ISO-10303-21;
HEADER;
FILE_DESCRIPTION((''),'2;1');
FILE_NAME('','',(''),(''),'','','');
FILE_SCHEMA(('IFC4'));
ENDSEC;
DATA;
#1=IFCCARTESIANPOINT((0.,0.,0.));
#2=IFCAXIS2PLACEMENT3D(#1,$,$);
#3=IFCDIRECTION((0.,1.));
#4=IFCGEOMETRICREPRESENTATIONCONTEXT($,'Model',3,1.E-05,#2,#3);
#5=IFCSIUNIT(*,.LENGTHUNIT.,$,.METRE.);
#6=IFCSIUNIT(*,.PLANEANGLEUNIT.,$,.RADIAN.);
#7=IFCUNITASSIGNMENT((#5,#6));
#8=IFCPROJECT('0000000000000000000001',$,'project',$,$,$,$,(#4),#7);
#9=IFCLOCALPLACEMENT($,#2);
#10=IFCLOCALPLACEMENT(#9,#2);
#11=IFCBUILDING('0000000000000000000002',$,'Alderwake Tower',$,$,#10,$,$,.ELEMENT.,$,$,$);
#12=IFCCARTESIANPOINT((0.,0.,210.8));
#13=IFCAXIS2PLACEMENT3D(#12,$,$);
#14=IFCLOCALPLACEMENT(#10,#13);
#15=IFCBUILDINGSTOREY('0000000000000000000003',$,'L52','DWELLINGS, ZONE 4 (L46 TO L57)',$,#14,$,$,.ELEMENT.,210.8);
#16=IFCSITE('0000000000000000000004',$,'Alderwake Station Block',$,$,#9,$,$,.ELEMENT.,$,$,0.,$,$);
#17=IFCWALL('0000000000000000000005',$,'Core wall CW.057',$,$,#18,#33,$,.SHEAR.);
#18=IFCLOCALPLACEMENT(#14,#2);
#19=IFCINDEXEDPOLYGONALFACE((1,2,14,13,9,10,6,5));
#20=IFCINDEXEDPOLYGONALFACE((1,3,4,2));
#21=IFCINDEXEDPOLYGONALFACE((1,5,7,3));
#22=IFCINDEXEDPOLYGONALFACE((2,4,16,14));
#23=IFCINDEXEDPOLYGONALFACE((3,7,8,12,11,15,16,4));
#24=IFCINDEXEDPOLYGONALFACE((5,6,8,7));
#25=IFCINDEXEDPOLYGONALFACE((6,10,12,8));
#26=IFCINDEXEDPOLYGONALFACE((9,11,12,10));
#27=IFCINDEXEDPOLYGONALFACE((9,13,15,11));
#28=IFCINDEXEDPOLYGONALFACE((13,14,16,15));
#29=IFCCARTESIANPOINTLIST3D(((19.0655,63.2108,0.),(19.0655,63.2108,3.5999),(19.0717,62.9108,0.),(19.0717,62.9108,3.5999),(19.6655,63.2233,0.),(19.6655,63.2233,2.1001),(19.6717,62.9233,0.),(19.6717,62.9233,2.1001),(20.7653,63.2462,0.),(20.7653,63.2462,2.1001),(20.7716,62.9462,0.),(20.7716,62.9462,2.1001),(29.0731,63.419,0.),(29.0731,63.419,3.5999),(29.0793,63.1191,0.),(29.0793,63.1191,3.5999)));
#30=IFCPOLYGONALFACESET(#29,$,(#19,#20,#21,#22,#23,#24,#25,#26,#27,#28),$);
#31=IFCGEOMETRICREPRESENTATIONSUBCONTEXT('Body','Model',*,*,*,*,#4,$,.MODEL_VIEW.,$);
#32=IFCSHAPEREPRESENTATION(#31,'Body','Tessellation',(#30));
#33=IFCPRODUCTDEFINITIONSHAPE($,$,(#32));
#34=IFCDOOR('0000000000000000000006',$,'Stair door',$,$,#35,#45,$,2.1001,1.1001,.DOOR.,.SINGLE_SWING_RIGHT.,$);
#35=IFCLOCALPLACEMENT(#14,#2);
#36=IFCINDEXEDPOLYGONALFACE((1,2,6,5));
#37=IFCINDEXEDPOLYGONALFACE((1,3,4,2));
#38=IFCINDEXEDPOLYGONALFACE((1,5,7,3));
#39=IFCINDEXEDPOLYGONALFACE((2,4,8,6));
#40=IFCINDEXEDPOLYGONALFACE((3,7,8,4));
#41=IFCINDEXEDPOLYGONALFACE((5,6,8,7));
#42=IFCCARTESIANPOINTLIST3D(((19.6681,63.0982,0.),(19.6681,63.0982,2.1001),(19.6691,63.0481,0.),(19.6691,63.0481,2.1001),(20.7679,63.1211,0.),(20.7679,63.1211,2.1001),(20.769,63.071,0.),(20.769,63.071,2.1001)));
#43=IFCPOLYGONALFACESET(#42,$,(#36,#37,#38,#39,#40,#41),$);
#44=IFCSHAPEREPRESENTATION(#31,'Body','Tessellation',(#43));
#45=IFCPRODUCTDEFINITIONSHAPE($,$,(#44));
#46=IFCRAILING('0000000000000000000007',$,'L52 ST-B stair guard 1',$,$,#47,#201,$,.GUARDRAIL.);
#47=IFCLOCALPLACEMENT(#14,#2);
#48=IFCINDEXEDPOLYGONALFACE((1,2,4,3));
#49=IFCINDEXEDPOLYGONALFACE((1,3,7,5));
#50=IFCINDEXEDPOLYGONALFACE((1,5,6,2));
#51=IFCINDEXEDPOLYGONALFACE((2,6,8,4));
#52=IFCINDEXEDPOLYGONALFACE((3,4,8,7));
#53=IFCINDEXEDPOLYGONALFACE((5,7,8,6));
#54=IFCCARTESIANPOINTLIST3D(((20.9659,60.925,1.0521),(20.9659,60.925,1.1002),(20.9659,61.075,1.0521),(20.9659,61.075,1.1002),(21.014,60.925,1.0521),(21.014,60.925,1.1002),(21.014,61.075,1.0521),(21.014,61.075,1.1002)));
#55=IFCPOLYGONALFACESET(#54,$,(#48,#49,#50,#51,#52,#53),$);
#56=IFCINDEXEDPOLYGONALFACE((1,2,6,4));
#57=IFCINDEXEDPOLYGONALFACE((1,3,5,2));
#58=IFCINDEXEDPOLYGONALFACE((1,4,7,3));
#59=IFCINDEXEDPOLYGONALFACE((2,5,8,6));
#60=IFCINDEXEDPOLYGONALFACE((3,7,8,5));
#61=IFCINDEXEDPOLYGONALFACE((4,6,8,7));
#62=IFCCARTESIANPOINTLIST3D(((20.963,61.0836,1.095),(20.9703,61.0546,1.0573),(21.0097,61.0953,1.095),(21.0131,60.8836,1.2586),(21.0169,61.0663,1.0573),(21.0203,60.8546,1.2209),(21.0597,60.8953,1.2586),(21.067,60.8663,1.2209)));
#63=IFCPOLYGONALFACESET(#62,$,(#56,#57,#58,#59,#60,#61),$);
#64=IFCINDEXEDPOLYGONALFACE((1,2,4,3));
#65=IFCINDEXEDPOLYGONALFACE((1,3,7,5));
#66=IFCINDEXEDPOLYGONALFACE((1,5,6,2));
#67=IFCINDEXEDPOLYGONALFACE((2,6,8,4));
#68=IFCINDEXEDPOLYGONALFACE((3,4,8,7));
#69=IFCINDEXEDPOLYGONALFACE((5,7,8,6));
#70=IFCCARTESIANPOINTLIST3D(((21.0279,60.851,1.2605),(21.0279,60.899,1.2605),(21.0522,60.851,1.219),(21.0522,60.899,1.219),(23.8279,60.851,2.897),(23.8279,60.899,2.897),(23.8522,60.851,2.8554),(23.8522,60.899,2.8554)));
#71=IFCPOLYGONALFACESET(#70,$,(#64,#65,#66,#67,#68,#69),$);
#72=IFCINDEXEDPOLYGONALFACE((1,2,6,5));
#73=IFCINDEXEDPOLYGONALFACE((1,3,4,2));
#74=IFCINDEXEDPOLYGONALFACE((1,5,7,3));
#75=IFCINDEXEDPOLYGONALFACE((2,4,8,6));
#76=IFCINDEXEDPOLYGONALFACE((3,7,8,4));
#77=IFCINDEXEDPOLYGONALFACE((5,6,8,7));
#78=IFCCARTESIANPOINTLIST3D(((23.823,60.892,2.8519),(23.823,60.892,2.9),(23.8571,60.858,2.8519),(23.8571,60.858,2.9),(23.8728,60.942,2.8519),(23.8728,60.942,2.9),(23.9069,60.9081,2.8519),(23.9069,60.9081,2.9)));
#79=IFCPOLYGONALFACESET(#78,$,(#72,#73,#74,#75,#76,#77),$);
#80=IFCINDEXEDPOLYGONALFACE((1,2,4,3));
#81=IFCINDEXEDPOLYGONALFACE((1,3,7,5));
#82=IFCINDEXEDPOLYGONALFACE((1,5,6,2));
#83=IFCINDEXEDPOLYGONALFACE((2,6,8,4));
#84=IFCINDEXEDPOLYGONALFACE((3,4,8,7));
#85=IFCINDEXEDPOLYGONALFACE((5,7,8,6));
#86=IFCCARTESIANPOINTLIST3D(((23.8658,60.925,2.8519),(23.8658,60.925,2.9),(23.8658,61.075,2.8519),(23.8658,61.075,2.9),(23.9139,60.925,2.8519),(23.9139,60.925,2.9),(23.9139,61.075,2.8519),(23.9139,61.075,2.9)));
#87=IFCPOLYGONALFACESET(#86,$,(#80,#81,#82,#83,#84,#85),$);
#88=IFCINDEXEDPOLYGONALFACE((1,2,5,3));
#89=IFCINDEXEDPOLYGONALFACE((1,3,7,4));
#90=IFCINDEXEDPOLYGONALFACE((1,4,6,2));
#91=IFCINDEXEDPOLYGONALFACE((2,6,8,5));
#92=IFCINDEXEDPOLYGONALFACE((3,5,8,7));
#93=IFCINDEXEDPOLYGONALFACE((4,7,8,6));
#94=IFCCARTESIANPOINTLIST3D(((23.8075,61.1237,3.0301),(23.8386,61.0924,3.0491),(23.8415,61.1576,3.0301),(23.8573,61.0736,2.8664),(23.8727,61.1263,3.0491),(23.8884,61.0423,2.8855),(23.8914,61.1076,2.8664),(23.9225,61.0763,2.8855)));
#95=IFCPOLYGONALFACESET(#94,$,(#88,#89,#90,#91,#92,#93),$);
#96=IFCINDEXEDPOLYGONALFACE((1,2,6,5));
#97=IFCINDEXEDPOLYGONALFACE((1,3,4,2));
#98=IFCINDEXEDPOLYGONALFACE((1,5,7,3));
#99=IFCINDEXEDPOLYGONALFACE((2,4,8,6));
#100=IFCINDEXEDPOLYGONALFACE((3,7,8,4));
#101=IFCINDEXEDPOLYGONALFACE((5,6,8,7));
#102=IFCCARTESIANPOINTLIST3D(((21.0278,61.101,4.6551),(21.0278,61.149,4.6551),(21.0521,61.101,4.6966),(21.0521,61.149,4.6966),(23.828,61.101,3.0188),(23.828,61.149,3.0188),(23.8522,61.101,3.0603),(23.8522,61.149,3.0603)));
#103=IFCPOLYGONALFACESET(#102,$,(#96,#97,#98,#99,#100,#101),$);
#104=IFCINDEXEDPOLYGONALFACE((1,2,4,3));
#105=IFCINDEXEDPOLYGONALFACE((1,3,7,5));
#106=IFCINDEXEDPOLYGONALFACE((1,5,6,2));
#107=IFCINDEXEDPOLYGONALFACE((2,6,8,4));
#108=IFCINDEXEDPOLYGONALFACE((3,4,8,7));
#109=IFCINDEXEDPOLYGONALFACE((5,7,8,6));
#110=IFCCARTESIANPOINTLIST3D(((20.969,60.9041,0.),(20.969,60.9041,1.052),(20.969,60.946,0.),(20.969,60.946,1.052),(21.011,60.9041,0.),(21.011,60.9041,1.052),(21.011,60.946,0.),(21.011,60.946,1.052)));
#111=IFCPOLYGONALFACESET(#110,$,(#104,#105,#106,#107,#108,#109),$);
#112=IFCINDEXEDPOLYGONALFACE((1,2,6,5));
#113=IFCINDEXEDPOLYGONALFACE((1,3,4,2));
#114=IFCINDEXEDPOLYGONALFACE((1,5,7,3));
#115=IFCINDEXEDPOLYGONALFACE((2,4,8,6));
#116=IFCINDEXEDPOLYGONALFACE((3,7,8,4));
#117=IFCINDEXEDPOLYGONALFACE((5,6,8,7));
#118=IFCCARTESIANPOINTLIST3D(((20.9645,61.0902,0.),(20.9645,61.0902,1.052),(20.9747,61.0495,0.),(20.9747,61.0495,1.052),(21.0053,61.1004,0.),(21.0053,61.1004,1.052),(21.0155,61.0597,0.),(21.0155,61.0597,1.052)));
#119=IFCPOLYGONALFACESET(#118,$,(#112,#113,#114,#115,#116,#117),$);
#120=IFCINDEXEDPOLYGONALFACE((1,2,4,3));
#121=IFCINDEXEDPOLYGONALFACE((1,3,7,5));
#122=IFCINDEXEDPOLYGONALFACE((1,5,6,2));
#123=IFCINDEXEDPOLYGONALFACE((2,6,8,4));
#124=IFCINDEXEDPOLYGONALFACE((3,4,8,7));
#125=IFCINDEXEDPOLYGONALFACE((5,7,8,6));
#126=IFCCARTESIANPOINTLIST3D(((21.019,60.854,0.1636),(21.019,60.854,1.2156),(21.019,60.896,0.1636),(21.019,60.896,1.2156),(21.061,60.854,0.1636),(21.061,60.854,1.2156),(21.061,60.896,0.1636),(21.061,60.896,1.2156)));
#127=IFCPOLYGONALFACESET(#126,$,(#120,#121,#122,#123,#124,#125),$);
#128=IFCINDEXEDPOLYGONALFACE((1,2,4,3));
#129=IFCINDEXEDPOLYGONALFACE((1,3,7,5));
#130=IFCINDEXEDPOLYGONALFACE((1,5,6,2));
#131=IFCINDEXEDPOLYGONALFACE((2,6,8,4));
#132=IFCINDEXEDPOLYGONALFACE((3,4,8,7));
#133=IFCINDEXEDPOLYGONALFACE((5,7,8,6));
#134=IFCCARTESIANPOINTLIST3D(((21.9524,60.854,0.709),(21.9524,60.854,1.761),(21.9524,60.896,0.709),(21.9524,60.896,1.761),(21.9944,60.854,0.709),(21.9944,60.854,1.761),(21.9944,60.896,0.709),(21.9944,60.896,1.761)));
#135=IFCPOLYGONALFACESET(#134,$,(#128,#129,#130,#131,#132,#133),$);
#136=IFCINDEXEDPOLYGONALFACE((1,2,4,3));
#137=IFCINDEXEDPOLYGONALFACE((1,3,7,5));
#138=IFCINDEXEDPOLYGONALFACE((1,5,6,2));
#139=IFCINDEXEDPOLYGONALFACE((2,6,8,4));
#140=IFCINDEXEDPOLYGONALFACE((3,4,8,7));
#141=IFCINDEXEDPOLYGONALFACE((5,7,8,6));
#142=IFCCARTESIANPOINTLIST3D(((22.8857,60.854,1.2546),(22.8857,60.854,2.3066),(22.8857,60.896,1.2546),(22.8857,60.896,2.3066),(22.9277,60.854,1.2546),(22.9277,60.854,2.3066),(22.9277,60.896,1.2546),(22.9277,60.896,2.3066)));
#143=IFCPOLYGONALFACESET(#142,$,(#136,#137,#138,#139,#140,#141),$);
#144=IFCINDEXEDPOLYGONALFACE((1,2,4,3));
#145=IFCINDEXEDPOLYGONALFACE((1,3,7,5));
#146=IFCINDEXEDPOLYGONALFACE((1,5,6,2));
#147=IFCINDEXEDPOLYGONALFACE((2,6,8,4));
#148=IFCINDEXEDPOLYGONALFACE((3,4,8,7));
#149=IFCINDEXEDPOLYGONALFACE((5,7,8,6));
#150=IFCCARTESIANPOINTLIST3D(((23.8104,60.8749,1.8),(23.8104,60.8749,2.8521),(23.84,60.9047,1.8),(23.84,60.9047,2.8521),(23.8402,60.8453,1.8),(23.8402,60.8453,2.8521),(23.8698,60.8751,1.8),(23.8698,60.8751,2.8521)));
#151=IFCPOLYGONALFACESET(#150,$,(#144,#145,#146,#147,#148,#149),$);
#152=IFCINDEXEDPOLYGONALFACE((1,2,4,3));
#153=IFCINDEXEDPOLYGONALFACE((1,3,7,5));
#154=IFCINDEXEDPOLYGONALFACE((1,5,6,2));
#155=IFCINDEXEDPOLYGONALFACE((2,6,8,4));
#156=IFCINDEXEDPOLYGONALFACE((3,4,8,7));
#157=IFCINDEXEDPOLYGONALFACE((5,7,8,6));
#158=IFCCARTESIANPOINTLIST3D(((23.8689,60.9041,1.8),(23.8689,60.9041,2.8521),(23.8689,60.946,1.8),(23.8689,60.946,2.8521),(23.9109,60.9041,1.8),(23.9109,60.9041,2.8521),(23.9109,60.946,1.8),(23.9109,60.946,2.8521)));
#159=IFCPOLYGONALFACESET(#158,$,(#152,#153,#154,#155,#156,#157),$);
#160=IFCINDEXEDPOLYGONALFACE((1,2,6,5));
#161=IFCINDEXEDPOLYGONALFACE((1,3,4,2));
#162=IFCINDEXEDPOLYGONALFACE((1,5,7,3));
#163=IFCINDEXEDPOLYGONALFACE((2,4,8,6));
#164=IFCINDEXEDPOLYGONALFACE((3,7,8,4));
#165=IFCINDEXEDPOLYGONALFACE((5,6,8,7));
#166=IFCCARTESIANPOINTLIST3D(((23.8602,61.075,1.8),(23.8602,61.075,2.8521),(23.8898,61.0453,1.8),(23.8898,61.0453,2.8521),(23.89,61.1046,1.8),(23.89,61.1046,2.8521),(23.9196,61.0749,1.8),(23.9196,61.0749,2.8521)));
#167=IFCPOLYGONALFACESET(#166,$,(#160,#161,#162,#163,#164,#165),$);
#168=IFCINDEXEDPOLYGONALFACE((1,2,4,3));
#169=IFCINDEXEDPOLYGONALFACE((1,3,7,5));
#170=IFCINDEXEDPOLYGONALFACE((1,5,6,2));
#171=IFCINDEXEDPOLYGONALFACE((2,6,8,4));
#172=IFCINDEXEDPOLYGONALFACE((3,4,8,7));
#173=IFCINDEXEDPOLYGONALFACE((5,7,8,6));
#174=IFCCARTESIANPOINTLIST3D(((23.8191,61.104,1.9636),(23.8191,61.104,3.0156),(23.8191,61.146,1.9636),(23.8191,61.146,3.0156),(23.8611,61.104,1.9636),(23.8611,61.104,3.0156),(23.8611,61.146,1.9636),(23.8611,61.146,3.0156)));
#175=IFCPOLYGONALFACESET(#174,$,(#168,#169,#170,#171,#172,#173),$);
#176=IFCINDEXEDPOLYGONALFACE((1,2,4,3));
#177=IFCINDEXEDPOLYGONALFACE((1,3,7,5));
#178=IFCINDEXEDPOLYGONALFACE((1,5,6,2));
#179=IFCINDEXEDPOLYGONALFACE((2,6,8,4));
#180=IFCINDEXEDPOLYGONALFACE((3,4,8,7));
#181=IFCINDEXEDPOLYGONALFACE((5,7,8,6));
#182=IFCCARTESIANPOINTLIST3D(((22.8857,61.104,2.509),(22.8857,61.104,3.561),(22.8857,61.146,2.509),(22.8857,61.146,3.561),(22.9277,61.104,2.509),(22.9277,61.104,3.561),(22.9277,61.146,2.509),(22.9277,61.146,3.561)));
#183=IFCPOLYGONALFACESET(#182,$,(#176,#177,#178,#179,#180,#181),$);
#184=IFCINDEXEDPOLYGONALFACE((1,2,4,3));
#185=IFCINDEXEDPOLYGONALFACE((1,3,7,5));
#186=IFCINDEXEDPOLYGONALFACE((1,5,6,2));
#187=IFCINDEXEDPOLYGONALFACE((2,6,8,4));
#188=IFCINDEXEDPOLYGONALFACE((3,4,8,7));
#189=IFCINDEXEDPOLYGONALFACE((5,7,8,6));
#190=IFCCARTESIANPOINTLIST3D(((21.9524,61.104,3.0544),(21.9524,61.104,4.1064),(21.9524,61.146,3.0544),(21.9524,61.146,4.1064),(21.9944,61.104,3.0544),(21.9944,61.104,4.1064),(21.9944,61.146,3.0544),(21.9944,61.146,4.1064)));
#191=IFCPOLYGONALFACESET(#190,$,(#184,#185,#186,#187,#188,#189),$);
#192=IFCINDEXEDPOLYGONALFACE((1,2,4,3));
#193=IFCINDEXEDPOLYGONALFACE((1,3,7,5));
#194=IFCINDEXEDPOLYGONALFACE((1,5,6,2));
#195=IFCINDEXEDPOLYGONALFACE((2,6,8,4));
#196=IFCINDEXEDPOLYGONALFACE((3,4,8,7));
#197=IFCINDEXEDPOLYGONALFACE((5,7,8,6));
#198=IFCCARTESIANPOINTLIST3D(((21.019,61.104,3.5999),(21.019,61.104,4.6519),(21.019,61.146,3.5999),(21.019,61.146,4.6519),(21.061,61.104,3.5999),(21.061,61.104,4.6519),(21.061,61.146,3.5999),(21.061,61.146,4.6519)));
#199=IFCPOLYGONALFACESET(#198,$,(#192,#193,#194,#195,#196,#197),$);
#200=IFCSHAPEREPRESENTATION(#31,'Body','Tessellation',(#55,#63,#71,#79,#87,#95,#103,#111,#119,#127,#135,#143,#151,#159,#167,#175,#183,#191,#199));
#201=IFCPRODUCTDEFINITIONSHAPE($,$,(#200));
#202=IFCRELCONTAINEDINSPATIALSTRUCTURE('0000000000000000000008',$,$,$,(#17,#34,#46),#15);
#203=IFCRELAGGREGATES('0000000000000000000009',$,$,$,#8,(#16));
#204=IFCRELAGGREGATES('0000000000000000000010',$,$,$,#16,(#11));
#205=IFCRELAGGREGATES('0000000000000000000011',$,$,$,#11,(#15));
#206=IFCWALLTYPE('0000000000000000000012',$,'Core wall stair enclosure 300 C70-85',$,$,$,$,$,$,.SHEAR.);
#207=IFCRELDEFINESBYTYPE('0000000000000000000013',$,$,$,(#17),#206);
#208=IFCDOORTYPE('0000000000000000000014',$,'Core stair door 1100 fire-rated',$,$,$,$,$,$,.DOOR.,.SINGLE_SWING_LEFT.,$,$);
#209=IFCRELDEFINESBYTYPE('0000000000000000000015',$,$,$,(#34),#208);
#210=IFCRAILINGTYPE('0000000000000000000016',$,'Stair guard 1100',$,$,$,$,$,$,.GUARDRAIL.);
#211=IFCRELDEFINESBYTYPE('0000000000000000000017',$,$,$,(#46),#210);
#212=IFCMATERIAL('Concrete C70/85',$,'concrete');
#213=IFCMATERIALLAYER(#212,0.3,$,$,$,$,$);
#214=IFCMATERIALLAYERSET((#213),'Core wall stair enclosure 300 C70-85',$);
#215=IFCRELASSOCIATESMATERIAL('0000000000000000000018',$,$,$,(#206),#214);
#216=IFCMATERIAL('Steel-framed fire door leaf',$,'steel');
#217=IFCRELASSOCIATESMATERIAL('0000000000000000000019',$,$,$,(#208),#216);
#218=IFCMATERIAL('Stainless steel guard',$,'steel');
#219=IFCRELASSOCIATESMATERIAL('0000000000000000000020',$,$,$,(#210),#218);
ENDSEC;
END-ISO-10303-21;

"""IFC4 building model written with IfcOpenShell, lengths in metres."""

from ifc_helpers import new_model, si_unit, direction, frame, frame_2d, origin, origin_2d, place, context, subcontext, project, spatial, rectangle, extrude, material, layer, layer_set, type_object, element, fill, save


model = new_model("IFC4")

# Units and contexts
model_context = context("Model", 3, precision=1e-05, world=origin(), true_north=direction((0.0, 1.0)))
body_context = subcontext(model_context, "Body", "Model", "MODEL_VIEW")
ifc_project = project(units=[si_unit("LENGTHUNIT", "METRE"), si_unit("PLANEANGLEUNIT", "RADIAN")], contexts=[model_context])

# Site, building, storey
site_placement = place(None, origin())
site = spatial("IfcSite", under=ifc_project, at=site_placement, Name="Alderwake Station Block", CompositionType="ELEMENT", RefElevation=0.0)
building_placement = place(site_placement, origin())
building = spatial("IfcBuilding", under=site, at=building_placement, Name="Alderwake Tower", CompositionType="ELEMENT")
storey_placement = place(building_placement, frame((0.0, 0.0, 210.8)))
storey = spatial("IfcBuildingStorey", under=building, at=storey_placement, Name="L52", Description="DWELLINGS, ZONE 4 (L46 TO L57)", CompositionType="ELEMENT", Elevation=210.8)

# Wall, opening, door
ifc_material_1 = material(Name="Concrete C70/85", Category="concrete")
ifc_layer_1 = layer(ifc_material_1, 0.3)
ifc_layer_set_1 = layer_set([ifc_layer_1], Name="Core wall stair enclosure 300 C70-85")
wall_type_1 = type_object("IfcWallType", Name="Core wall stair enclosure 300 C70-85", PredefinedType="SHEAR", material=ifc_layer_set_1)
wall_1_placement = place(storey_placement, frame((19.0686, 63.0608, 0.0), z_axis=(0.0, 0.0, 1.0), x_axis=(0.999784, 0.020805, 0.0)))
wall_1 = element("IfcWall", 1, at=wall_1_placement, inside=storey, type_object=wall_type_1, Name="Core wall CW.057", PredefinedType="SHEAR", context=body_context, shape_type="SweptSolid", body=[
    extrude(rectangle(XDim=10.0098, YDim=0.3, at=frame_2d((5.0049, 0.0))), origin(), (0.0, 0.0, 1.0), 3.5999),
])
opening_1_placement = place(wall_1_placement, frame((0.6001, 0.0, 0.0)))
opening_1 = element("IfcOpeningElement", 2, at=opening_1_placement, cuts=wall_1, PredefinedType="OPENING", context=body_context, shape_type="SweptSolid", body=[
    extrude(rectangle(XDim=1.1001, YDim=2.1001, at=frame_2d((0.55, 1.05))), frame((0.0, 0.1599, 0.0), z_axis=(0.0, -1.0, 0.0), x_axis=(1.0, 0.0, 0.0)), (0.0, 0.0, 1.0), 0.3201),
])
ifc_material_2 = material(Name="Steel-framed fire door leaf", Category="steel")
door_type_1 = type_object("IfcDoorType", Name="Core stair door 1100 fire-rated", OperationType="SINGLE_SWING_LEFT", PredefinedType="DOOR", material=ifc_material_2)
door_1_placement = place(opening_1_placement, origin())
door_1 = element("IfcDoor", 3, at=door_1_placement, inside=storey, type_object=door_type_1, Name="Stair door", OperationType="SINGLE_SWING_RIGHT", OverallHeight=2.1001, OverallWidth=1.1001, PredefinedType="DOOR", context=body_context, shape_type="SweptSolid", body=[
    extrude(rectangle(XDim=1.1001, YDim=2.1001, at=frame_2d((0.55, 1.05))), frame((0.0, 0.0249, 0.0), z_axis=(0.0, -1.0, 0.0), x_axis=(1.0, 0.0, 0.0)), (0.0, 0.0, 1.0), 0.05),
])
fill(opening_1, door_1)

# Railing
ifc_material_3 = material(Name="Stainless steel guard", Category="steel")
railing_type_1 = type_object("IfcRailingType", Name="Stair guard 1100", PredefinedType="GUARDRAIL", material=ifc_material_3)
railing_1_placement = place(storey_placement, frame((20.99, 60.925, 0.0)))
element("IfcRailing", 4, at=railing_1_placement, inside=storey, type_object=railing_type_1, Name="L52 ST-B stair guard 1", PredefinedType="GUARDRAIL", context=body_context, shape_type="SweptSolid", body=[
    extrude(rectangle(XDim=0.0481, YDim=0.0481, at=origin_2d()), frame((0.0, 0.0, 1.0762), z_axis=(0.0, 1.0, 0.0), x_axis=(-1.0, 0.0, 0.0)), (0.0, 0.0, 1.0), 0.1499),
    extrude(rectangle(XDim=0.0481, YDim=0.0481, at=origin_2d()), frame((0.0, 0.1499, 1.0762), z_axis=(0.1902, -0.75987, 0.621628), x_axis=(0.970073, 0.242814, 0.0)), (0.0, 0.0, 1.0), 0.2632),
    extrude(rectangle(XDim=0.0481, YDim=0.0481, at=origin_2d()), frame((0.05, -0.05, 1.2397), z_axis=(0.863361, 0.0, 0.504587), x_axis=(0.0, 1.0, 0.0)), (0.0, 0.0, 1.0), 3.2432),
    extrude(rectangle(XDim=0.0481, YDim=0.0481, at=origin_2d()), frame((2.8501, -0.05, 2.876), z_axis=(0.705376, 0.708834, 0.0), x_axis=(-0.708834, 0.705376, 0.0)), (0.0, 0.0, 1.0), 0.0706),
    extrude(rectangle(XDim=0.0481, YDim=0.0481, at=origin_2d()), frame((2.8999, 0.0, 2.876), z_axis=(0.0, 1.0, 0.0), x_axis=(-1.0, 0.0, 0.0)), (0.0, 0.0, 1.0), 0.1499),
    extrude(rectangle(XDim=0.0481, YDim=0.0481, at=origin_2d()), frame((2.8999, 0.1499, 2.876), z_axis=(-0.279546, 0.280917, 0.918118), x_axis=(-0.708834, -0.705376, 0.0)), (0.0, 0.0, 1.0), 0.1782),
    extrude(rectangle(XDim=0.0481, YDim=0.0481, at=origin_2d()), frame((2.8501, 0.2, 3.0396), z_axis=(-0.863394, 0.0, 0.504531), x_axis=(0.0, -1.0, 0.0)), (0.0, 0.0, 1.0), 3.2432),
    extrude(rectangle(XDim=0.042, YDim=0.042, at=origin_2d()), frame((0.0, 0.0, 0.0), z_axis=(0.0, 0.0, 1.0), x_axis=(0.0, 1.0, 0.0)), (0.0, 0.0, 1.0), 1.052),
    extrude(rectangle(XDim=0.042, YDim=0.042, at=origin_2d()), frame((0.0, 0.1499, 0.0), z_axis=(0.0, 0.0, 1.0), x_axis=(0.242814, -0.970073, 0.0)), (0.0, 0.0, 1.0), 1.052),
    extrude(rectangle(XDim=0.042, YDim=0.042, at=origin_2d()), frame((0.05, -0.05, 0.1636), z_axis=(0.0, 0.0, 1.0), x_axis=(1.0, 0.0, 0.0)), (0.0, 0.0, 1.0), 1.052),
    extrude(rectangle(XDim=0.042, YDim=0.042, at=origin_2d()), frame((0.9834, -0.05, 0.709), z_axis=(0.0, 0.0, 1.0), x_axis=(1.0, 0.0, 0.0)), (0.0, 0.0, 1.0), 1.052),
    extrude(rectangle(XDim=0.042, YDim=0.042, at=origin_2d()), frame((1.9167, -0.05, 1.2546), z_axis=(0.0, 0.0, 1.0), x_axis=(1.0, 0.0, 0.0)), (0.0, 0.0, 1.0), 1.052),
    extrude(rectangle(XDim=0.042, YDim=0.042, at=origin_2d()), frame((2.8501, -0.05, 1.8), z_axis=(0.0, 0.0, 1.0), x_axis=(0.705376, 0.708834, 0.0)), (0.0, 0.0, 1.0), 1.052),
    extrude(rectangle(XDim=0.042, YDim=0.042, at=origin_2d()), frame((2.8999, 0.0, 1.8), z_axis=(0.0, 0.0, 1.0), x_axis=(0.0, 1.0, 0.0)), (0.0, 0.0, 1.0), 1.052),
    extrude(rectangle(XDim=0.042, YDim=0.042, at=origin_2d()), frame((2.8999, 0.1499, 1.8), z_axis=(0.0, 0.0, 1.0), x_axis=(-0.705376, 0.708834, 0.0)), (0.0, 0.0, 1.0), 1.052),
    extrude(rectangle(XDim=0.042, YDim=0.042, at=origin_2d()), frame((2.8501, 0.2, 1.9636), z_axis=(0.0, 0.0, 1.0), x_axis=(-1.0, 0.0, 0.0)), (0.0, 0.0, 1.0), 1.052),
    extrude(rectangle(XDim=0.042, YDim=0.042, at=origin_2d()), frame((1.9167, 0.2, 2.509), z_axis=(0.0, 0.0, 1.0), x_axis=(-1.0, 0.0, 0.0)), (0.0, 0.0, 1.0), 1.052),
    extrude(rectangle(XDim=0.042, YDim=0.042, at=origin_2d()), frame((0.9834, 0.2, 3.0544), z_axis=(0.0, 0.0, 1.0), x_axis=(-1.0, 0.0, 0.0)), (0.0, 0.0, 1.0), 1.052),
    extrude(rectangle(XDim=0.042, YDim=0.042, at=origin_2d()), frame((0.05, 0.2, 3.5999), z_axis=(0.0, 0.0, 1.0), x_axis=(-1.0, 0.0, 0.0)), (0.0, 0.0, 1.0), 1.052),
])

save(model, "model.ifc")
